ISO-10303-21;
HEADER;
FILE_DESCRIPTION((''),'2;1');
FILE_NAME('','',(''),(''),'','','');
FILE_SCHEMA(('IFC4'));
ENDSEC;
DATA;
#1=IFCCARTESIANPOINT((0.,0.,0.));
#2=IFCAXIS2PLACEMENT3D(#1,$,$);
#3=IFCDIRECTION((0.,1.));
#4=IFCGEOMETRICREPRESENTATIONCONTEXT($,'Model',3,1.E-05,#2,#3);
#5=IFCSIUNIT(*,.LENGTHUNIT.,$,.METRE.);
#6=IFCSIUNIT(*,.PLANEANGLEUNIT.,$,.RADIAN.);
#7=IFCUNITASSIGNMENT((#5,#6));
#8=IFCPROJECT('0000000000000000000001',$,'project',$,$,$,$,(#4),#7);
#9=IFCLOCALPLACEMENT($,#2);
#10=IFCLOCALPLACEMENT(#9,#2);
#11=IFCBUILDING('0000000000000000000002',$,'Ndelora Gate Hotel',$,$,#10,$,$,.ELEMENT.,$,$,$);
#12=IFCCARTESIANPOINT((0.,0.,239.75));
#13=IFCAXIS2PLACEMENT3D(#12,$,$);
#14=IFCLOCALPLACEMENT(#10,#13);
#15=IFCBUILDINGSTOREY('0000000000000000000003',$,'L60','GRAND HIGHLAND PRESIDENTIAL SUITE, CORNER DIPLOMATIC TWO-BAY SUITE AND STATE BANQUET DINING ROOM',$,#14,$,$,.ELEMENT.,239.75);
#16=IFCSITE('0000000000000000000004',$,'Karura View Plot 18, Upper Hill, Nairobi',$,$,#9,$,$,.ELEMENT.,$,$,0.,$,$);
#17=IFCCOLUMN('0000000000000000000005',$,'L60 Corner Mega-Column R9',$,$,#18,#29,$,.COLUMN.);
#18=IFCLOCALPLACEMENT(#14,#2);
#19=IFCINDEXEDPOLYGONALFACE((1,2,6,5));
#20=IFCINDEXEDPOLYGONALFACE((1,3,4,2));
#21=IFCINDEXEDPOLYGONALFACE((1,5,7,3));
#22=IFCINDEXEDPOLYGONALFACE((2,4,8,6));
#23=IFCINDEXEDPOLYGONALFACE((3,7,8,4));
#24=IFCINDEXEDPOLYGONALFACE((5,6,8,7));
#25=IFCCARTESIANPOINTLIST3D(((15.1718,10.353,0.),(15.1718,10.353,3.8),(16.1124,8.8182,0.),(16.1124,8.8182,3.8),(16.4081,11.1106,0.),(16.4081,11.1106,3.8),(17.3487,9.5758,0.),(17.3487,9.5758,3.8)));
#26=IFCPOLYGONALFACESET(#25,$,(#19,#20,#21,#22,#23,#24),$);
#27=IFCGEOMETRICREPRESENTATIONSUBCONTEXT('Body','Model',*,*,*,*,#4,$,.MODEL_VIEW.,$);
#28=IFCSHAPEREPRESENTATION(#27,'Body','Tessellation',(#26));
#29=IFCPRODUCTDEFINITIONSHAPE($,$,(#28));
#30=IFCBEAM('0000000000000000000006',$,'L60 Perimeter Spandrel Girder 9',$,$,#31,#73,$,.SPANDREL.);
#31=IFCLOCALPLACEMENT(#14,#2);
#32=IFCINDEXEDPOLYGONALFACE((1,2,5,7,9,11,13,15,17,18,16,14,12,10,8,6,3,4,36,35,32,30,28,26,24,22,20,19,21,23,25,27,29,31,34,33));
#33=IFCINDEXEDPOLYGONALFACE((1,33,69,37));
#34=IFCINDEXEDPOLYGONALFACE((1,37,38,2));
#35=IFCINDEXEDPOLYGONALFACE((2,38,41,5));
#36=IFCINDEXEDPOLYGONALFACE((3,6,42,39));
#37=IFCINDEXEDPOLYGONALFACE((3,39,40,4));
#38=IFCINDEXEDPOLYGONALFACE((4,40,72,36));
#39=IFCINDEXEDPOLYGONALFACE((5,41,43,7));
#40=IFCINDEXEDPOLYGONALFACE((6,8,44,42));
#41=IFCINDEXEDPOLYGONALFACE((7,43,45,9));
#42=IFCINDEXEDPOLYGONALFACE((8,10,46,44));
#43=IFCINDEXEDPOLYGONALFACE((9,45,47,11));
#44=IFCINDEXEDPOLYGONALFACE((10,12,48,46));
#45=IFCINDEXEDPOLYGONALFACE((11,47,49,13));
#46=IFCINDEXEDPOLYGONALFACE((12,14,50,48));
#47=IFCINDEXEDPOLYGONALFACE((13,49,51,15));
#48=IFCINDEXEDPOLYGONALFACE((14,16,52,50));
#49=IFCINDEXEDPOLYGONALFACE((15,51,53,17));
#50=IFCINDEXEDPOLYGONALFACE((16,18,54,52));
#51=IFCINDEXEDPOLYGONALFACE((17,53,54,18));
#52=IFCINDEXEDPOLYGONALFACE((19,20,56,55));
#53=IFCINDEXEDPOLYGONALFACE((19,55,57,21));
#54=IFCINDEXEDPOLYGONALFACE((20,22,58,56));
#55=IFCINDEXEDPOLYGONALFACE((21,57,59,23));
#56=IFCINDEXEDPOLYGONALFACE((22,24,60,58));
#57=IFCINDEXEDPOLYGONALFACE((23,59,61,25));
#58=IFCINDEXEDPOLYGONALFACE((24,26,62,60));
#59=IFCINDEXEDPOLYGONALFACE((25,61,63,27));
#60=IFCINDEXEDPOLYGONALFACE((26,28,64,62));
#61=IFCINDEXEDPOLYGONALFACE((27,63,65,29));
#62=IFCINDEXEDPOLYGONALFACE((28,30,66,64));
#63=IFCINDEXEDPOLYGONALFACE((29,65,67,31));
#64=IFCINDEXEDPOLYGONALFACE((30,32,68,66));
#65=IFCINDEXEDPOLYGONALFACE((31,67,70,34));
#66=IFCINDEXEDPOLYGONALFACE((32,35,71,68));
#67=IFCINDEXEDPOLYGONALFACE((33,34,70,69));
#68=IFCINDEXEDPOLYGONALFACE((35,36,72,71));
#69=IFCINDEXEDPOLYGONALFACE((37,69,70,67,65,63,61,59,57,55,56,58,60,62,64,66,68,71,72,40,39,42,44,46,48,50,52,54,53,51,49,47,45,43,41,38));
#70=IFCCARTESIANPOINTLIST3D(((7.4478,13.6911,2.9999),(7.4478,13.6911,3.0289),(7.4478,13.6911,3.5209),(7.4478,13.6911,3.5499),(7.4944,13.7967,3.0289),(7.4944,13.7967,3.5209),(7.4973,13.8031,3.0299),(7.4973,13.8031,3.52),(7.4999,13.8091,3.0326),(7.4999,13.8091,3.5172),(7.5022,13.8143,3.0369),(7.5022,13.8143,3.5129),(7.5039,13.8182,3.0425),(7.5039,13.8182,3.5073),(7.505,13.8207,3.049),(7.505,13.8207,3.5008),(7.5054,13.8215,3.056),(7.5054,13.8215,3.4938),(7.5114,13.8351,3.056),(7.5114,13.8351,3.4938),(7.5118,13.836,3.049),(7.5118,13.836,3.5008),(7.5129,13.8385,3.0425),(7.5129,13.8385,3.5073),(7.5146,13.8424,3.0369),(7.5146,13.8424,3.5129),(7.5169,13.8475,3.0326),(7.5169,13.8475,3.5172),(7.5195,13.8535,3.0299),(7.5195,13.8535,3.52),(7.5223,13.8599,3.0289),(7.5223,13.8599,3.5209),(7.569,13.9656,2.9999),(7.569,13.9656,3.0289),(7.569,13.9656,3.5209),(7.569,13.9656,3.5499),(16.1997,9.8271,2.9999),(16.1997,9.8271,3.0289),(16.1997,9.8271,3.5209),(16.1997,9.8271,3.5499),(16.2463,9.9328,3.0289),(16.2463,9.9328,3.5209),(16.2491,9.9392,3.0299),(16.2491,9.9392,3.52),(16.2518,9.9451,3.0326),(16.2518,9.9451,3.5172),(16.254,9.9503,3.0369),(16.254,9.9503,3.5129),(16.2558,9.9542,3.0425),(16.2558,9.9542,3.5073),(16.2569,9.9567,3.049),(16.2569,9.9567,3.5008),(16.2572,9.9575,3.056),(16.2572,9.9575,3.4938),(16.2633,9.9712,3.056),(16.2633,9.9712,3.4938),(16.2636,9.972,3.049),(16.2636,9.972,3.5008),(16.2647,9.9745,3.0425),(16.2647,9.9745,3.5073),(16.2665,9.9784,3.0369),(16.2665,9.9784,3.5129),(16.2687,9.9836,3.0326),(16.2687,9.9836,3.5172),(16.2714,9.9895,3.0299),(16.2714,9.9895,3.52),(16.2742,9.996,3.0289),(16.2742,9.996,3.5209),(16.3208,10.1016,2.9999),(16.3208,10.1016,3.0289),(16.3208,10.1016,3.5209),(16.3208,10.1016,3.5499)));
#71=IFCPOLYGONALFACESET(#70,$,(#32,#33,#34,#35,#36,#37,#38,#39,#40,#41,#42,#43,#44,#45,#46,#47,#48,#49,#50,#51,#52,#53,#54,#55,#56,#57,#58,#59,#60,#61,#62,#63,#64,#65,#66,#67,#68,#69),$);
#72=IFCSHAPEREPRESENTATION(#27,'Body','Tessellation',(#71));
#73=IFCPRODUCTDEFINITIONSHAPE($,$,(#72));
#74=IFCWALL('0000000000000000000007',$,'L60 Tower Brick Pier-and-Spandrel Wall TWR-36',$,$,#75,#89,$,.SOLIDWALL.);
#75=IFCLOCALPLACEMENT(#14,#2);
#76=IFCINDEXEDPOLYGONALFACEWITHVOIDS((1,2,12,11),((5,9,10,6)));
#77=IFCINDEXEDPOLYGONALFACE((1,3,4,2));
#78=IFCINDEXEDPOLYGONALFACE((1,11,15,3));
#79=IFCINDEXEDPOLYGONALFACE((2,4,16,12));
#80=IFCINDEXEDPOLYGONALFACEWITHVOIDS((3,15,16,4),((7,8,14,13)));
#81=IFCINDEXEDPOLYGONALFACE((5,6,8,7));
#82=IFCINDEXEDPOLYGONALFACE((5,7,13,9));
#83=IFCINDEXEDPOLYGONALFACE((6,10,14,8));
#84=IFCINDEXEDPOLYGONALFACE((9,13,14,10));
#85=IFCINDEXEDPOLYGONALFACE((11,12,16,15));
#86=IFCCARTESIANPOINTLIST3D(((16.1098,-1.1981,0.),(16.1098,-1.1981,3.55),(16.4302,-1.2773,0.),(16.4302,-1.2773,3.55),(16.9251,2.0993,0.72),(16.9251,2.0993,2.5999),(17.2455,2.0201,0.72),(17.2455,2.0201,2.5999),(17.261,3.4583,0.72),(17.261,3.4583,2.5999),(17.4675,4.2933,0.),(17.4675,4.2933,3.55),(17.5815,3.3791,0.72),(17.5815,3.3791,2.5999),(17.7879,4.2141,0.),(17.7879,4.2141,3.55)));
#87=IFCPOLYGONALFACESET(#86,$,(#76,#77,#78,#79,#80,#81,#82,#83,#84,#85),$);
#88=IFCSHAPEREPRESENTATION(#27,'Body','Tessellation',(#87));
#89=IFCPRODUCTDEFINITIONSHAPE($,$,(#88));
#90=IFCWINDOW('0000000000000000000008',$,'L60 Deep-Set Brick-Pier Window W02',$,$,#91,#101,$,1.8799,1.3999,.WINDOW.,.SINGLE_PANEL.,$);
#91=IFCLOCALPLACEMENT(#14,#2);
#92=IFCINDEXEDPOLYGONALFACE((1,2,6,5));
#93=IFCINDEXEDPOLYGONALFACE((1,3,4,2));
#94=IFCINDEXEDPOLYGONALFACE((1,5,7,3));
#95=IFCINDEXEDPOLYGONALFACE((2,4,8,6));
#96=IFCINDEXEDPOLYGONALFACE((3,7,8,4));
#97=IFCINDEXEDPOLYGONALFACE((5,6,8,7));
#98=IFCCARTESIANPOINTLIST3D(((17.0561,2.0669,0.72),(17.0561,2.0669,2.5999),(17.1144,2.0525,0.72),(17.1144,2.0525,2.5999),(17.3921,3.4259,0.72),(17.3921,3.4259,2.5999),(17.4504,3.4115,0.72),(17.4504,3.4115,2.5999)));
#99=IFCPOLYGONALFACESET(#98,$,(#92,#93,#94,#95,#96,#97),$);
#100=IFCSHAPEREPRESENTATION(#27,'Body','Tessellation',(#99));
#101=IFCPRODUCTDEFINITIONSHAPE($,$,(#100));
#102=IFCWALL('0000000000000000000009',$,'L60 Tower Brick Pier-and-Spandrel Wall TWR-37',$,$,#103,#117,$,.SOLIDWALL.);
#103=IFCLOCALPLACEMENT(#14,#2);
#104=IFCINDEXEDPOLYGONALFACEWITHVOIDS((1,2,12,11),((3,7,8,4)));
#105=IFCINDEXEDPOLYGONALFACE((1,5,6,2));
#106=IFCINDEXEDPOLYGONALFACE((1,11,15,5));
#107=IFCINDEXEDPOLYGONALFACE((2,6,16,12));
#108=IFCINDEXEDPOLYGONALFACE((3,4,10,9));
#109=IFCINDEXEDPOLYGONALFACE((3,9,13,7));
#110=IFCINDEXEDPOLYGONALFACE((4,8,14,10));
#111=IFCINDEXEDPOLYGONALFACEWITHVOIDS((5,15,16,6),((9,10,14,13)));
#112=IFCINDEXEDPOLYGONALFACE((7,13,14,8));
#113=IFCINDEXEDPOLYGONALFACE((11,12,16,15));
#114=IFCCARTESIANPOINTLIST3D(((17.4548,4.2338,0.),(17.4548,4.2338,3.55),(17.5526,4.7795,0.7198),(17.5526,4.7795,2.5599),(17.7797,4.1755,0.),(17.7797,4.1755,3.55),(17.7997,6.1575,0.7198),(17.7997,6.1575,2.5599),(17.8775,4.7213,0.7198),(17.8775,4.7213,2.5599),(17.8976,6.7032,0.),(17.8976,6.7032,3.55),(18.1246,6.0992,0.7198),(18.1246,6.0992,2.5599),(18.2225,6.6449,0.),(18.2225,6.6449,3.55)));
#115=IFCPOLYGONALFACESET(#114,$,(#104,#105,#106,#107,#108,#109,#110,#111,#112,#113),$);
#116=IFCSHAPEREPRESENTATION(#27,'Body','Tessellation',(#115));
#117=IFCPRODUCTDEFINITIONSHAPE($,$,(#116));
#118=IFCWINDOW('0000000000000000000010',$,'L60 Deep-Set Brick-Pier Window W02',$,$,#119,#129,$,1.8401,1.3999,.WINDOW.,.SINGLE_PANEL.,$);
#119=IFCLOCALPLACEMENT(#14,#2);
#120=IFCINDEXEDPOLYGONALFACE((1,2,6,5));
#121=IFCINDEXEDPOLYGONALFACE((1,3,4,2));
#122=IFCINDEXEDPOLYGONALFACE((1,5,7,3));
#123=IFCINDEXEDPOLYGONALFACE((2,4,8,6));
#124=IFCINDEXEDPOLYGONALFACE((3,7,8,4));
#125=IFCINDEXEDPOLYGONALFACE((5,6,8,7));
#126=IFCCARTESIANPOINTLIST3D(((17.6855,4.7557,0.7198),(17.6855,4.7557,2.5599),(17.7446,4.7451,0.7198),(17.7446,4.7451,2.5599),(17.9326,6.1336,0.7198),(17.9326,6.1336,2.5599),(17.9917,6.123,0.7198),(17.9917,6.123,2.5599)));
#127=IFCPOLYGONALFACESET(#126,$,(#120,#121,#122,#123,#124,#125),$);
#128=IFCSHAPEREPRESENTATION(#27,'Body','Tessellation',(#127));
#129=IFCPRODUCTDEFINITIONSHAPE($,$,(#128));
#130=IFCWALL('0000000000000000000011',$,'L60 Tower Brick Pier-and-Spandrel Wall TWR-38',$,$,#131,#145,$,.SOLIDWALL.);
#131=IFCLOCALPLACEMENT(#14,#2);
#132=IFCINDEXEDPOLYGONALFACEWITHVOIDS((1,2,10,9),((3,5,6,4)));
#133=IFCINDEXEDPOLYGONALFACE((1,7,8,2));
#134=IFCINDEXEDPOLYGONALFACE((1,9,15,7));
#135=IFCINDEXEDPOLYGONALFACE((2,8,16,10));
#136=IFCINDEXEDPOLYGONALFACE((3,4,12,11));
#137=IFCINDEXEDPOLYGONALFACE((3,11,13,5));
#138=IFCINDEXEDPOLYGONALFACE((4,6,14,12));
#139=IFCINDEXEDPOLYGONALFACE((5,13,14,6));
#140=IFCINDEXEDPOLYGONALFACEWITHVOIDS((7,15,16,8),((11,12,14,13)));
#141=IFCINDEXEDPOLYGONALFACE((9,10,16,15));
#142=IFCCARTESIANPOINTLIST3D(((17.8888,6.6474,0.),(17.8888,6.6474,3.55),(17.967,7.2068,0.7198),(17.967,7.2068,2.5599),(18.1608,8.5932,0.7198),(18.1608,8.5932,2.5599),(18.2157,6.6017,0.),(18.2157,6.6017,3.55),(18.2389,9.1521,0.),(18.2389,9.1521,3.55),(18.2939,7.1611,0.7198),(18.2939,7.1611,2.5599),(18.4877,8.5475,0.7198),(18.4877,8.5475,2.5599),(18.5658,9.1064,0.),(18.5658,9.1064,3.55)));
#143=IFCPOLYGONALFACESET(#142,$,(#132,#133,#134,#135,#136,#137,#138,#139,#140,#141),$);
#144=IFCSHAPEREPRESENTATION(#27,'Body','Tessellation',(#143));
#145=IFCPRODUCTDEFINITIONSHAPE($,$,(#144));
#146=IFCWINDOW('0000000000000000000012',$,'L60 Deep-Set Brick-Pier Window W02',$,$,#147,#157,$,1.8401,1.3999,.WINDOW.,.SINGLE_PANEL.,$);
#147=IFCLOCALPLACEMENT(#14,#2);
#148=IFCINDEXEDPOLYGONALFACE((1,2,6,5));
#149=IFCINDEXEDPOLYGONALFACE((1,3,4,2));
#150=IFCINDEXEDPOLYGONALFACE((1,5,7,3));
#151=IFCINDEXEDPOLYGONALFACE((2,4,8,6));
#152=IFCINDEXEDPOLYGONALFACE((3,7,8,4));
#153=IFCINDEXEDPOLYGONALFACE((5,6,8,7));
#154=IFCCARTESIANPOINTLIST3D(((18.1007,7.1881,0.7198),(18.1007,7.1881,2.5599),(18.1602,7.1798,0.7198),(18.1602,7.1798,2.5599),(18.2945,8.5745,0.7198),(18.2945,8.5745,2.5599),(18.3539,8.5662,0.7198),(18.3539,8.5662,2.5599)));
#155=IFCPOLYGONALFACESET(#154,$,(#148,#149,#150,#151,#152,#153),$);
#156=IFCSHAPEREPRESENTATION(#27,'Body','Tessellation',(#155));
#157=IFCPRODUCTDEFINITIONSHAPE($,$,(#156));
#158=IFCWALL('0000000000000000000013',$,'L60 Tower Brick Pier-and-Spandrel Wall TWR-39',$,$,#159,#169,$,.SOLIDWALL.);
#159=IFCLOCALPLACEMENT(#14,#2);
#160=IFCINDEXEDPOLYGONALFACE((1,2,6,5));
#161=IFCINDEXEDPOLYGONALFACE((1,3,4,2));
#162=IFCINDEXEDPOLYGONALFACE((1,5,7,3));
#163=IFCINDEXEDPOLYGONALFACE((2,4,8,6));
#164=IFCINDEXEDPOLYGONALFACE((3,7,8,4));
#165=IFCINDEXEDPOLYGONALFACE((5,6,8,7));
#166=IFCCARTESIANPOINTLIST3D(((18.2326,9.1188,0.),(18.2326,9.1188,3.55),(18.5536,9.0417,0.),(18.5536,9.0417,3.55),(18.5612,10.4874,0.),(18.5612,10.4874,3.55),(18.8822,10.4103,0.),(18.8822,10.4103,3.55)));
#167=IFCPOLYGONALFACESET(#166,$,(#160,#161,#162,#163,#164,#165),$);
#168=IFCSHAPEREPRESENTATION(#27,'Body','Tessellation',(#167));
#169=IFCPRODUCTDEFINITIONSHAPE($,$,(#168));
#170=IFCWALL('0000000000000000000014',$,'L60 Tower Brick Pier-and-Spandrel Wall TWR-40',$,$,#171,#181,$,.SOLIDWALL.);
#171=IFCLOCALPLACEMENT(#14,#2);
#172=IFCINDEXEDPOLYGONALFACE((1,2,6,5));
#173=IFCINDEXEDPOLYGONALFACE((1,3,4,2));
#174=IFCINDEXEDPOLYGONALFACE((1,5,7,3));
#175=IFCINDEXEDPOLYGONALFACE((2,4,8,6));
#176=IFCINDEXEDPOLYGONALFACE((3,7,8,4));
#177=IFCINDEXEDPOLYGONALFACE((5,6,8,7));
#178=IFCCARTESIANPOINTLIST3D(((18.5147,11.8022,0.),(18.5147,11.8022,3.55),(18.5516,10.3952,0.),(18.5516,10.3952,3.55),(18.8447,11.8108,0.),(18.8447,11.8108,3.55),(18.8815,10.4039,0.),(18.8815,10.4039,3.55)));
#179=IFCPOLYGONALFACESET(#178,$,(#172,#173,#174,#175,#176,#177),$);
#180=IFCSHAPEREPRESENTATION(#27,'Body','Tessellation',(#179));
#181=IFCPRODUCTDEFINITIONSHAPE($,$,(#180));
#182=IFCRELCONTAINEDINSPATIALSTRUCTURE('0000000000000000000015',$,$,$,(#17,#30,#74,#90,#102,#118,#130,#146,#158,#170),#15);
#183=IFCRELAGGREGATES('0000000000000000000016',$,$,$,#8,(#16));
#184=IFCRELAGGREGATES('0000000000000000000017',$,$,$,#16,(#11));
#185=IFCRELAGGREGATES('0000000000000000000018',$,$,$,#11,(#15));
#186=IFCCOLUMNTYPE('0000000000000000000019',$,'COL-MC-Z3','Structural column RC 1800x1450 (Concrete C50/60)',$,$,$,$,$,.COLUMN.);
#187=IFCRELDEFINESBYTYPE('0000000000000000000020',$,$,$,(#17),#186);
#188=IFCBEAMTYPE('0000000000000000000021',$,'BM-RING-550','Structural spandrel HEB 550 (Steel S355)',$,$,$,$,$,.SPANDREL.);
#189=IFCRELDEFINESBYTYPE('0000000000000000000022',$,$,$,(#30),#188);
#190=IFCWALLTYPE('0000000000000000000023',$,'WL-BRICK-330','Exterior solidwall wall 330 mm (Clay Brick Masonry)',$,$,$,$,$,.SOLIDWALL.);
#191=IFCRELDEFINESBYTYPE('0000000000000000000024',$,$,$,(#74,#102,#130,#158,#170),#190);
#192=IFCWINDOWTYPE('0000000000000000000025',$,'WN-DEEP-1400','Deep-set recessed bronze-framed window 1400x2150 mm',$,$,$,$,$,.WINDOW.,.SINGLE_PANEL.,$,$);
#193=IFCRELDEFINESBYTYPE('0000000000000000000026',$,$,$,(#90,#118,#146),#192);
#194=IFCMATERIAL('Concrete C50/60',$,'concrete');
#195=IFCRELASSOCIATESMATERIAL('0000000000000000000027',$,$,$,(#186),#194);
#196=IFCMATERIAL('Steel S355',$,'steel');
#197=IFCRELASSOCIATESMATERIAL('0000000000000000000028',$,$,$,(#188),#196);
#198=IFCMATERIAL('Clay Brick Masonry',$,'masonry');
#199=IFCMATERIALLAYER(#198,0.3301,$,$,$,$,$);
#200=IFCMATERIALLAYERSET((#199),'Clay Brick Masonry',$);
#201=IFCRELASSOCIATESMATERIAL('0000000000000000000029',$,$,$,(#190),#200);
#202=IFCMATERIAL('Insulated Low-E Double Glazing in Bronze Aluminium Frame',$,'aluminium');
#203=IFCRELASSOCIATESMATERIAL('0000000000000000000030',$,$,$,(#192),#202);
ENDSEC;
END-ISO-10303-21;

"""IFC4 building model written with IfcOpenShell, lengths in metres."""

from ifc_helpers import new_model, si_unit, direction, frame, frame_2d, origin, origin_2d, place, context, subcontext, project, spatial, rectangle, i_section, extrude, material, layer, layer_set, material_profile, profile_set, type_object, element, fill, save


model = new_model("IFC4")

# Units and contexts
model_context = context("Model", 3, precision=1e-05, world=origin(), true_north=direction((0.0, 1.0)))
body_context = subcontext(model_context, "Body", "Model", "MODEL_VIEW")
ifc_project = project(units=[si_unit("LENGTHUNIT", "METRE"), si_unit("PLANEANGLEUNIT", "RADIAN")], contexts=[model_context])

# Site, building, storey
site_placement = place(None, origin())
site = spatial("IfcSite", under=ifc_project, at=site_placement, Name="Karura View Plot 18, Upper Hill, Nairobi", CompositionType="ELEMENT", RefElevation=0.0)
building_placement = place(site_placement, origin())
building = spatial("IfcBuilding", under=site, at=building_placement, Name="Ndelora Gate Hotel", CompositionType="ELEMENT")
storey_placement = place(building_placement, frame((0.0, 0.0, 239.75)))
storey = spatial("IfcBuildingStorey", under=building, at=storey_placement, Name="L60", Description="GRAND HIGHLAND PRESIDENTIAL SUITE, CORNER DIPLOMATIC TWO-BAY SUITE AND STATE BANQUET DINING ROOM", CompositionType="ELEMENT", Elevation=239.75)

# Column
ifc_material_1 = material(Name="Concrete C50/60", Category="concrete")
ifc_material_profile_1 = material_profile(ifc_material_1, rectangle(XDim=1.45, YDim=1.8, at=origin_2d()), Name="RC 1800x1450")
ifc_profile_set_1 = profile_set([ifc_material_profile_1], Name="Concrete C50/60")
column_type = type_object("IfcColumnType", Name="COL-MC-Z3", Description="Structural column RC 1800x1450 (Concrete C50/60)", PredefinedType="COLUMN", material=ifc_profile_set_1)
column_placement = place(storey_placement, frame((16.2603, 9.9644, 0.0), z_axis=(0.0, 0.0, 1.0), x_axis=(0.85264, 0.522499, 0.0)))
element("IfcColumn", 1, at=column_placement, inside=storey, type_object=column_type, Name="L60 Corner Mega-Column R9", PredefinedType="COLUMN", context=body_context, shape_type="SweptSolid", body=[
    extrude(rectangle(XDim=1.45, YDim=1.8, at=origin_2d()), origin(), (0.0, 0.0, 1.0), 3.8),
])

# Beam
ifc_material_2 = material(Name="Steel S355", Category="steel")
ifc_material_profile_2 = material_profile(ifc_material_2, i_section(OverallWidth=0.3, OverallDepth=0.55, WebThickness=0.0149, FlangeThickness=0.0291, FilletRadius=0.0271, at=origin_2d()), Name="HEB 550")
ifc_profile_set_2 = profile_set([ifc_material_profile_2], Name="Steel S355")
beam_type = type_object("IfcBeamType", Name="BM-RING-550", Description="Structural spandrel HEB 550 (Steel S355)", PredefinedType="SPANDREL", material=ifc_profile_set_2)
beam_placement = place(storey_placement, frame((16.2603, 9.9644, 3.2749), z_axis=(-0.914807, 0.40389, 0.0), x_axis=(-0.40389, -0.914807, 0.0)))
element("IfcBeam", 2, at=beam_placement, inside=storey, type_object=beam_type, Name="L60 Perimeter Spandrel Girder 9", PredefinedType="SPANDREL", context=body_context, shape_type="SweptSolid", body=[
    extrude(i_section(OverallWidth=0.3, OverallDepth=0.55, WebThickness=0.0149, FlangeThickness=0.0291, FilletRadius=0.0271, at=origin_2d()), origin(), (0.0, 0.0, 1.0), 9.5669),
])

# Walls, openings, windows
ifc_material_3 = material(Name="Clay Brick Masonry", Category="masonry")
ifc_layer_1 = layer(ifc_material_3, 0.3301)
ifc_layer_set_1 = layer_set([ifc_layer_1], Name="Clay Brick Masonry")
wall_type = type_object("IfcWallType", Name="WL-BRICK-330", Description="Exterior solidwall wall 330 mm (Clay Brick Masonry)", PredefinedType="SOLIDWALL", material=ifc_layer_set_1)
wall_1_placement = place(storey_placement, frame((17.6277, 4.2537, 0.0), z_axis=(0.0, 0.0, 1.0), x_axis=(-0.240006, -0.970771, 0.0)))
wall_1 = element("IfcWall", 3, at=wall_1_placement, inside=storey, type_object=wall_type, Name="L60 Tower Brick Pier-and-Spandrel Wall TWR-36", PredefinedType="SOLIDWALL", context=body_context, shape_type="SweptSolid", body=[
    extrude(rectangle(XDim=5.6567, YDim=0.3301, at=frame_2d((2.8284, 0.0))), origin(), (0.0, 0.0, 1.0), 3.55),
])
opening_1_placement = place(wall_1_placement, frame((0.8601, 0.0, 0.72)))
opening_1 = element("IfcOpeningElement", 4, at=opening_1_placement, cuts=wall_1, PredefinedType="OPENING", context=body_context, shape_type="SweptSolid", body=[
    extrude(rectangle(XDim=1.3999, YDim=1.8799, at=frame_2d((0.7, 0.9399))), frame((0.0, 0.175, 0.0), z_axis=(0.0, -1.0, 0.0), x_axis=(1.0, 0.0, 0.0)), (0.0, 0.0, 1.0), 0.3501),
])
ifc_material_4 = material(Name="Insulated Low-E Double Glazing in Bronze Aluminium Frame", Category="aluminium")
window_type = type_object("IfcWindowType", Name="WN-DEEP-1400", Description="Deep-set recessed bronze-framed window 1400x2150 mm", PartitioningType="SINGLE_PANEL", PredefinedType="WINDOW", material=ifc_material_4)
window_1_placement = place(opening_1_placement, origin())
window_1 = element("IfcWindow", 5, at=window_1_placement, inside=storey, type_object=window_type, Name="L60 Deep-Set Brick-Pier Window W02", OverallHeight=1.8799, OverallWidth=1.3999, PartitioningType="SINGLE_PANEL", PredefinedType="WINDOW", context=body_context, shape_type="SweptSolid", body=[
    extrude(rectangle(XDim=1.3999, YDim=1.8799, at=frame_2d((0.7, 0.9399))), frame((0.0, 0.03, 0.0), z_axis=(0.0, -1.0, 0.0), x_axis=(1.0, 0.0, 0.0)), (0.0, 0.0, 1.0), 0.0601),
])
fill(opening_1, window_1)
wall_2_placement = place(storey_placement, frame((18.0601, 6.6741, 0.0), z_axis=(0.0, 0.0, 1.0), x_axis=(-0.176521, -0.984297, 0.0)))
wall_2 = element("IfcWall", 6, at=wall_2_placement, inside=storey, type_object=wall_type, Name="L60 Tower Brick Pier-and-Spandrel Wall TWR-37", PredefinedType="SOLIDWALL", context=body_context, shape_type="SweptSolid", body=[
    extrude(rectangle(XDim=2.5088, YDim=0.3301, at=frame_2d((1.2544, 0.0))), origin(), (0.0, 0.0, 1.0), 3.55),
])
opening_2_placement = place(wall_2_placement, frame((0.5544, 0.0, 0.72)))
opening_2 = element("IfcOpeningElement", 7, at=opening_2_placement, cuts=wall_2, PredefinedType="OPENING", context=body_context, shape_type="SweptSolid", body=[
    extrude(rectangle(XDim=1.3999, YDim=1.8401, at=frame_2d((0.7, 0.9199))), frame((0.0, 0.175, 0.0), z_axis=(0.0, -1.0, 0.0), x_axis=(1.0, 0.0, 0.0)), (0.0, 0.0, 1.0), 0.3501),
])
window_2_placement = place(opening_2_placement, origin())
window_2 = element("IfcWindow", 8, at=window_2_placement, inside=storey, type_object=window_type, Name="L60 Deep-Set Brick-Pier Window W02", OverallHeight=1.8401, OverallWidth=1.3999, PartitioningType="SINGLE_PANEL", PredefinedType="WINDOW", context=body_context, shape_type="SweptSolid", body=[
    extrude(rectangle(XDim=1.3999, YDim=1.8401, at=frame_2d((0.7, 0.9199))), frame((0.0, 0.03, 0.0), z_axis=(0.0, -1.0, 0.0), x_axis=(1.0, 0.0, 0.0)), (0.0, 0.0, 1.0), 0.0601),
])
fill(opening_2, window_2)
wall_3_placement = place(storey_placement, frame((18.4023, 9.1294, 0.0), z_axis=(0.0, 0.0, 1.0), x_axis=(-0.138434, -0.990372, 0.0)))
wall_3 = element("IfcWall", 9, at=wall_3_placement, inside=storey, type_object=wall_type, Name="L60 Tower Brick Pier-and-Spandrel Wall TWR-38", PredefinedType="SOLIDWALL", context=body_context, shape_type="SweptSolid", body=[
    extrude(rectangle(XDim=2.5291, YDim=0.3301, at=frame_2d((1.2646, 0.0))), origin(), (0.0, 0.0, 1.0), 3.55),
])
opening_3_placement = place(wall_3_placement, frame((0.5645, 0.0, 0.72)))
opening_3 = element("IfcOpeningElement", 10, at=opening_3_placement, cuts=wall_3, PredefinedType="OPENING", context=body_context, shape_type="SweptSolid", body=[
    extrude(rectangle(XDim=1.3999, YDim=1.8401, at=frame_2d((0.7, 0.9199))), frame((0.0, 0.175, 0.0), z_axis=(0.0, -1.0, 0.0), x_axis=(1.0, 0.0, 0.0)), (0.0, 0.0, 1.0), 0.3501),
])
window_3_placement = place(opening_3_placement, origin())
window_3 = element("IfcWindow", 11, at=window_3_placement, inside=storey, type_object=window_type, Name="L60 Deep-Set Brick-Pier Window W02", OverallHeight=1.8401, OverallWidth=1.3999, PartitioningType="SINGLE_PANEL", PredefinedType="WINDOW", context=body_context, shape_type="SweptSolid", body=[
    extrude(rectangle(XDim=1.3999, YDim=1.8401, at=frame_2d((0.7, 0.9199))), frame((0.0, 0.03, 0.0), z_axis=(0.0, -1.0, 0.0), x_axis=(1.0, 0.0, 0.0)), (0.0, 0.0, 1.0), 0.0601),
])
fill(opening_3, window_3)

# Walls
for number, where, z_axis, x_axis, name in (
    (12, (18.7217, 10.4487, 0.0), (0.0, 0.0, 1.0), (-0.233465, -0.972365, 0.0), "L60 Tower Brick Pier-and-Spandrel Wall TWR-39"),
    (13, (18.6797, 11.8064, 0.0), (0.0, 0.0, 1.0), (0.026193, -0.999657, 0.0), "L60 Tower Brick Pier-and-Spandrel Wall TWR-40"),
):
    element("IfcWall", number, at=place(storey_placement, frame(where, z_axis=z_axis, x_axis=x_axis)), inside=storey, type_object=wall_type, Name=name, PredefinedType="SOLIDWALL", context=body_context, shape_type="SweptSolid", body=[
        extrude(rectangle(XDim=1.4075, YDim=0.3301, at=frame_2d((0.7036, 0.0))), origin(), (0.0, 0.0, 1.0), 3.55),
    ])

save(model, "model.ifc")
